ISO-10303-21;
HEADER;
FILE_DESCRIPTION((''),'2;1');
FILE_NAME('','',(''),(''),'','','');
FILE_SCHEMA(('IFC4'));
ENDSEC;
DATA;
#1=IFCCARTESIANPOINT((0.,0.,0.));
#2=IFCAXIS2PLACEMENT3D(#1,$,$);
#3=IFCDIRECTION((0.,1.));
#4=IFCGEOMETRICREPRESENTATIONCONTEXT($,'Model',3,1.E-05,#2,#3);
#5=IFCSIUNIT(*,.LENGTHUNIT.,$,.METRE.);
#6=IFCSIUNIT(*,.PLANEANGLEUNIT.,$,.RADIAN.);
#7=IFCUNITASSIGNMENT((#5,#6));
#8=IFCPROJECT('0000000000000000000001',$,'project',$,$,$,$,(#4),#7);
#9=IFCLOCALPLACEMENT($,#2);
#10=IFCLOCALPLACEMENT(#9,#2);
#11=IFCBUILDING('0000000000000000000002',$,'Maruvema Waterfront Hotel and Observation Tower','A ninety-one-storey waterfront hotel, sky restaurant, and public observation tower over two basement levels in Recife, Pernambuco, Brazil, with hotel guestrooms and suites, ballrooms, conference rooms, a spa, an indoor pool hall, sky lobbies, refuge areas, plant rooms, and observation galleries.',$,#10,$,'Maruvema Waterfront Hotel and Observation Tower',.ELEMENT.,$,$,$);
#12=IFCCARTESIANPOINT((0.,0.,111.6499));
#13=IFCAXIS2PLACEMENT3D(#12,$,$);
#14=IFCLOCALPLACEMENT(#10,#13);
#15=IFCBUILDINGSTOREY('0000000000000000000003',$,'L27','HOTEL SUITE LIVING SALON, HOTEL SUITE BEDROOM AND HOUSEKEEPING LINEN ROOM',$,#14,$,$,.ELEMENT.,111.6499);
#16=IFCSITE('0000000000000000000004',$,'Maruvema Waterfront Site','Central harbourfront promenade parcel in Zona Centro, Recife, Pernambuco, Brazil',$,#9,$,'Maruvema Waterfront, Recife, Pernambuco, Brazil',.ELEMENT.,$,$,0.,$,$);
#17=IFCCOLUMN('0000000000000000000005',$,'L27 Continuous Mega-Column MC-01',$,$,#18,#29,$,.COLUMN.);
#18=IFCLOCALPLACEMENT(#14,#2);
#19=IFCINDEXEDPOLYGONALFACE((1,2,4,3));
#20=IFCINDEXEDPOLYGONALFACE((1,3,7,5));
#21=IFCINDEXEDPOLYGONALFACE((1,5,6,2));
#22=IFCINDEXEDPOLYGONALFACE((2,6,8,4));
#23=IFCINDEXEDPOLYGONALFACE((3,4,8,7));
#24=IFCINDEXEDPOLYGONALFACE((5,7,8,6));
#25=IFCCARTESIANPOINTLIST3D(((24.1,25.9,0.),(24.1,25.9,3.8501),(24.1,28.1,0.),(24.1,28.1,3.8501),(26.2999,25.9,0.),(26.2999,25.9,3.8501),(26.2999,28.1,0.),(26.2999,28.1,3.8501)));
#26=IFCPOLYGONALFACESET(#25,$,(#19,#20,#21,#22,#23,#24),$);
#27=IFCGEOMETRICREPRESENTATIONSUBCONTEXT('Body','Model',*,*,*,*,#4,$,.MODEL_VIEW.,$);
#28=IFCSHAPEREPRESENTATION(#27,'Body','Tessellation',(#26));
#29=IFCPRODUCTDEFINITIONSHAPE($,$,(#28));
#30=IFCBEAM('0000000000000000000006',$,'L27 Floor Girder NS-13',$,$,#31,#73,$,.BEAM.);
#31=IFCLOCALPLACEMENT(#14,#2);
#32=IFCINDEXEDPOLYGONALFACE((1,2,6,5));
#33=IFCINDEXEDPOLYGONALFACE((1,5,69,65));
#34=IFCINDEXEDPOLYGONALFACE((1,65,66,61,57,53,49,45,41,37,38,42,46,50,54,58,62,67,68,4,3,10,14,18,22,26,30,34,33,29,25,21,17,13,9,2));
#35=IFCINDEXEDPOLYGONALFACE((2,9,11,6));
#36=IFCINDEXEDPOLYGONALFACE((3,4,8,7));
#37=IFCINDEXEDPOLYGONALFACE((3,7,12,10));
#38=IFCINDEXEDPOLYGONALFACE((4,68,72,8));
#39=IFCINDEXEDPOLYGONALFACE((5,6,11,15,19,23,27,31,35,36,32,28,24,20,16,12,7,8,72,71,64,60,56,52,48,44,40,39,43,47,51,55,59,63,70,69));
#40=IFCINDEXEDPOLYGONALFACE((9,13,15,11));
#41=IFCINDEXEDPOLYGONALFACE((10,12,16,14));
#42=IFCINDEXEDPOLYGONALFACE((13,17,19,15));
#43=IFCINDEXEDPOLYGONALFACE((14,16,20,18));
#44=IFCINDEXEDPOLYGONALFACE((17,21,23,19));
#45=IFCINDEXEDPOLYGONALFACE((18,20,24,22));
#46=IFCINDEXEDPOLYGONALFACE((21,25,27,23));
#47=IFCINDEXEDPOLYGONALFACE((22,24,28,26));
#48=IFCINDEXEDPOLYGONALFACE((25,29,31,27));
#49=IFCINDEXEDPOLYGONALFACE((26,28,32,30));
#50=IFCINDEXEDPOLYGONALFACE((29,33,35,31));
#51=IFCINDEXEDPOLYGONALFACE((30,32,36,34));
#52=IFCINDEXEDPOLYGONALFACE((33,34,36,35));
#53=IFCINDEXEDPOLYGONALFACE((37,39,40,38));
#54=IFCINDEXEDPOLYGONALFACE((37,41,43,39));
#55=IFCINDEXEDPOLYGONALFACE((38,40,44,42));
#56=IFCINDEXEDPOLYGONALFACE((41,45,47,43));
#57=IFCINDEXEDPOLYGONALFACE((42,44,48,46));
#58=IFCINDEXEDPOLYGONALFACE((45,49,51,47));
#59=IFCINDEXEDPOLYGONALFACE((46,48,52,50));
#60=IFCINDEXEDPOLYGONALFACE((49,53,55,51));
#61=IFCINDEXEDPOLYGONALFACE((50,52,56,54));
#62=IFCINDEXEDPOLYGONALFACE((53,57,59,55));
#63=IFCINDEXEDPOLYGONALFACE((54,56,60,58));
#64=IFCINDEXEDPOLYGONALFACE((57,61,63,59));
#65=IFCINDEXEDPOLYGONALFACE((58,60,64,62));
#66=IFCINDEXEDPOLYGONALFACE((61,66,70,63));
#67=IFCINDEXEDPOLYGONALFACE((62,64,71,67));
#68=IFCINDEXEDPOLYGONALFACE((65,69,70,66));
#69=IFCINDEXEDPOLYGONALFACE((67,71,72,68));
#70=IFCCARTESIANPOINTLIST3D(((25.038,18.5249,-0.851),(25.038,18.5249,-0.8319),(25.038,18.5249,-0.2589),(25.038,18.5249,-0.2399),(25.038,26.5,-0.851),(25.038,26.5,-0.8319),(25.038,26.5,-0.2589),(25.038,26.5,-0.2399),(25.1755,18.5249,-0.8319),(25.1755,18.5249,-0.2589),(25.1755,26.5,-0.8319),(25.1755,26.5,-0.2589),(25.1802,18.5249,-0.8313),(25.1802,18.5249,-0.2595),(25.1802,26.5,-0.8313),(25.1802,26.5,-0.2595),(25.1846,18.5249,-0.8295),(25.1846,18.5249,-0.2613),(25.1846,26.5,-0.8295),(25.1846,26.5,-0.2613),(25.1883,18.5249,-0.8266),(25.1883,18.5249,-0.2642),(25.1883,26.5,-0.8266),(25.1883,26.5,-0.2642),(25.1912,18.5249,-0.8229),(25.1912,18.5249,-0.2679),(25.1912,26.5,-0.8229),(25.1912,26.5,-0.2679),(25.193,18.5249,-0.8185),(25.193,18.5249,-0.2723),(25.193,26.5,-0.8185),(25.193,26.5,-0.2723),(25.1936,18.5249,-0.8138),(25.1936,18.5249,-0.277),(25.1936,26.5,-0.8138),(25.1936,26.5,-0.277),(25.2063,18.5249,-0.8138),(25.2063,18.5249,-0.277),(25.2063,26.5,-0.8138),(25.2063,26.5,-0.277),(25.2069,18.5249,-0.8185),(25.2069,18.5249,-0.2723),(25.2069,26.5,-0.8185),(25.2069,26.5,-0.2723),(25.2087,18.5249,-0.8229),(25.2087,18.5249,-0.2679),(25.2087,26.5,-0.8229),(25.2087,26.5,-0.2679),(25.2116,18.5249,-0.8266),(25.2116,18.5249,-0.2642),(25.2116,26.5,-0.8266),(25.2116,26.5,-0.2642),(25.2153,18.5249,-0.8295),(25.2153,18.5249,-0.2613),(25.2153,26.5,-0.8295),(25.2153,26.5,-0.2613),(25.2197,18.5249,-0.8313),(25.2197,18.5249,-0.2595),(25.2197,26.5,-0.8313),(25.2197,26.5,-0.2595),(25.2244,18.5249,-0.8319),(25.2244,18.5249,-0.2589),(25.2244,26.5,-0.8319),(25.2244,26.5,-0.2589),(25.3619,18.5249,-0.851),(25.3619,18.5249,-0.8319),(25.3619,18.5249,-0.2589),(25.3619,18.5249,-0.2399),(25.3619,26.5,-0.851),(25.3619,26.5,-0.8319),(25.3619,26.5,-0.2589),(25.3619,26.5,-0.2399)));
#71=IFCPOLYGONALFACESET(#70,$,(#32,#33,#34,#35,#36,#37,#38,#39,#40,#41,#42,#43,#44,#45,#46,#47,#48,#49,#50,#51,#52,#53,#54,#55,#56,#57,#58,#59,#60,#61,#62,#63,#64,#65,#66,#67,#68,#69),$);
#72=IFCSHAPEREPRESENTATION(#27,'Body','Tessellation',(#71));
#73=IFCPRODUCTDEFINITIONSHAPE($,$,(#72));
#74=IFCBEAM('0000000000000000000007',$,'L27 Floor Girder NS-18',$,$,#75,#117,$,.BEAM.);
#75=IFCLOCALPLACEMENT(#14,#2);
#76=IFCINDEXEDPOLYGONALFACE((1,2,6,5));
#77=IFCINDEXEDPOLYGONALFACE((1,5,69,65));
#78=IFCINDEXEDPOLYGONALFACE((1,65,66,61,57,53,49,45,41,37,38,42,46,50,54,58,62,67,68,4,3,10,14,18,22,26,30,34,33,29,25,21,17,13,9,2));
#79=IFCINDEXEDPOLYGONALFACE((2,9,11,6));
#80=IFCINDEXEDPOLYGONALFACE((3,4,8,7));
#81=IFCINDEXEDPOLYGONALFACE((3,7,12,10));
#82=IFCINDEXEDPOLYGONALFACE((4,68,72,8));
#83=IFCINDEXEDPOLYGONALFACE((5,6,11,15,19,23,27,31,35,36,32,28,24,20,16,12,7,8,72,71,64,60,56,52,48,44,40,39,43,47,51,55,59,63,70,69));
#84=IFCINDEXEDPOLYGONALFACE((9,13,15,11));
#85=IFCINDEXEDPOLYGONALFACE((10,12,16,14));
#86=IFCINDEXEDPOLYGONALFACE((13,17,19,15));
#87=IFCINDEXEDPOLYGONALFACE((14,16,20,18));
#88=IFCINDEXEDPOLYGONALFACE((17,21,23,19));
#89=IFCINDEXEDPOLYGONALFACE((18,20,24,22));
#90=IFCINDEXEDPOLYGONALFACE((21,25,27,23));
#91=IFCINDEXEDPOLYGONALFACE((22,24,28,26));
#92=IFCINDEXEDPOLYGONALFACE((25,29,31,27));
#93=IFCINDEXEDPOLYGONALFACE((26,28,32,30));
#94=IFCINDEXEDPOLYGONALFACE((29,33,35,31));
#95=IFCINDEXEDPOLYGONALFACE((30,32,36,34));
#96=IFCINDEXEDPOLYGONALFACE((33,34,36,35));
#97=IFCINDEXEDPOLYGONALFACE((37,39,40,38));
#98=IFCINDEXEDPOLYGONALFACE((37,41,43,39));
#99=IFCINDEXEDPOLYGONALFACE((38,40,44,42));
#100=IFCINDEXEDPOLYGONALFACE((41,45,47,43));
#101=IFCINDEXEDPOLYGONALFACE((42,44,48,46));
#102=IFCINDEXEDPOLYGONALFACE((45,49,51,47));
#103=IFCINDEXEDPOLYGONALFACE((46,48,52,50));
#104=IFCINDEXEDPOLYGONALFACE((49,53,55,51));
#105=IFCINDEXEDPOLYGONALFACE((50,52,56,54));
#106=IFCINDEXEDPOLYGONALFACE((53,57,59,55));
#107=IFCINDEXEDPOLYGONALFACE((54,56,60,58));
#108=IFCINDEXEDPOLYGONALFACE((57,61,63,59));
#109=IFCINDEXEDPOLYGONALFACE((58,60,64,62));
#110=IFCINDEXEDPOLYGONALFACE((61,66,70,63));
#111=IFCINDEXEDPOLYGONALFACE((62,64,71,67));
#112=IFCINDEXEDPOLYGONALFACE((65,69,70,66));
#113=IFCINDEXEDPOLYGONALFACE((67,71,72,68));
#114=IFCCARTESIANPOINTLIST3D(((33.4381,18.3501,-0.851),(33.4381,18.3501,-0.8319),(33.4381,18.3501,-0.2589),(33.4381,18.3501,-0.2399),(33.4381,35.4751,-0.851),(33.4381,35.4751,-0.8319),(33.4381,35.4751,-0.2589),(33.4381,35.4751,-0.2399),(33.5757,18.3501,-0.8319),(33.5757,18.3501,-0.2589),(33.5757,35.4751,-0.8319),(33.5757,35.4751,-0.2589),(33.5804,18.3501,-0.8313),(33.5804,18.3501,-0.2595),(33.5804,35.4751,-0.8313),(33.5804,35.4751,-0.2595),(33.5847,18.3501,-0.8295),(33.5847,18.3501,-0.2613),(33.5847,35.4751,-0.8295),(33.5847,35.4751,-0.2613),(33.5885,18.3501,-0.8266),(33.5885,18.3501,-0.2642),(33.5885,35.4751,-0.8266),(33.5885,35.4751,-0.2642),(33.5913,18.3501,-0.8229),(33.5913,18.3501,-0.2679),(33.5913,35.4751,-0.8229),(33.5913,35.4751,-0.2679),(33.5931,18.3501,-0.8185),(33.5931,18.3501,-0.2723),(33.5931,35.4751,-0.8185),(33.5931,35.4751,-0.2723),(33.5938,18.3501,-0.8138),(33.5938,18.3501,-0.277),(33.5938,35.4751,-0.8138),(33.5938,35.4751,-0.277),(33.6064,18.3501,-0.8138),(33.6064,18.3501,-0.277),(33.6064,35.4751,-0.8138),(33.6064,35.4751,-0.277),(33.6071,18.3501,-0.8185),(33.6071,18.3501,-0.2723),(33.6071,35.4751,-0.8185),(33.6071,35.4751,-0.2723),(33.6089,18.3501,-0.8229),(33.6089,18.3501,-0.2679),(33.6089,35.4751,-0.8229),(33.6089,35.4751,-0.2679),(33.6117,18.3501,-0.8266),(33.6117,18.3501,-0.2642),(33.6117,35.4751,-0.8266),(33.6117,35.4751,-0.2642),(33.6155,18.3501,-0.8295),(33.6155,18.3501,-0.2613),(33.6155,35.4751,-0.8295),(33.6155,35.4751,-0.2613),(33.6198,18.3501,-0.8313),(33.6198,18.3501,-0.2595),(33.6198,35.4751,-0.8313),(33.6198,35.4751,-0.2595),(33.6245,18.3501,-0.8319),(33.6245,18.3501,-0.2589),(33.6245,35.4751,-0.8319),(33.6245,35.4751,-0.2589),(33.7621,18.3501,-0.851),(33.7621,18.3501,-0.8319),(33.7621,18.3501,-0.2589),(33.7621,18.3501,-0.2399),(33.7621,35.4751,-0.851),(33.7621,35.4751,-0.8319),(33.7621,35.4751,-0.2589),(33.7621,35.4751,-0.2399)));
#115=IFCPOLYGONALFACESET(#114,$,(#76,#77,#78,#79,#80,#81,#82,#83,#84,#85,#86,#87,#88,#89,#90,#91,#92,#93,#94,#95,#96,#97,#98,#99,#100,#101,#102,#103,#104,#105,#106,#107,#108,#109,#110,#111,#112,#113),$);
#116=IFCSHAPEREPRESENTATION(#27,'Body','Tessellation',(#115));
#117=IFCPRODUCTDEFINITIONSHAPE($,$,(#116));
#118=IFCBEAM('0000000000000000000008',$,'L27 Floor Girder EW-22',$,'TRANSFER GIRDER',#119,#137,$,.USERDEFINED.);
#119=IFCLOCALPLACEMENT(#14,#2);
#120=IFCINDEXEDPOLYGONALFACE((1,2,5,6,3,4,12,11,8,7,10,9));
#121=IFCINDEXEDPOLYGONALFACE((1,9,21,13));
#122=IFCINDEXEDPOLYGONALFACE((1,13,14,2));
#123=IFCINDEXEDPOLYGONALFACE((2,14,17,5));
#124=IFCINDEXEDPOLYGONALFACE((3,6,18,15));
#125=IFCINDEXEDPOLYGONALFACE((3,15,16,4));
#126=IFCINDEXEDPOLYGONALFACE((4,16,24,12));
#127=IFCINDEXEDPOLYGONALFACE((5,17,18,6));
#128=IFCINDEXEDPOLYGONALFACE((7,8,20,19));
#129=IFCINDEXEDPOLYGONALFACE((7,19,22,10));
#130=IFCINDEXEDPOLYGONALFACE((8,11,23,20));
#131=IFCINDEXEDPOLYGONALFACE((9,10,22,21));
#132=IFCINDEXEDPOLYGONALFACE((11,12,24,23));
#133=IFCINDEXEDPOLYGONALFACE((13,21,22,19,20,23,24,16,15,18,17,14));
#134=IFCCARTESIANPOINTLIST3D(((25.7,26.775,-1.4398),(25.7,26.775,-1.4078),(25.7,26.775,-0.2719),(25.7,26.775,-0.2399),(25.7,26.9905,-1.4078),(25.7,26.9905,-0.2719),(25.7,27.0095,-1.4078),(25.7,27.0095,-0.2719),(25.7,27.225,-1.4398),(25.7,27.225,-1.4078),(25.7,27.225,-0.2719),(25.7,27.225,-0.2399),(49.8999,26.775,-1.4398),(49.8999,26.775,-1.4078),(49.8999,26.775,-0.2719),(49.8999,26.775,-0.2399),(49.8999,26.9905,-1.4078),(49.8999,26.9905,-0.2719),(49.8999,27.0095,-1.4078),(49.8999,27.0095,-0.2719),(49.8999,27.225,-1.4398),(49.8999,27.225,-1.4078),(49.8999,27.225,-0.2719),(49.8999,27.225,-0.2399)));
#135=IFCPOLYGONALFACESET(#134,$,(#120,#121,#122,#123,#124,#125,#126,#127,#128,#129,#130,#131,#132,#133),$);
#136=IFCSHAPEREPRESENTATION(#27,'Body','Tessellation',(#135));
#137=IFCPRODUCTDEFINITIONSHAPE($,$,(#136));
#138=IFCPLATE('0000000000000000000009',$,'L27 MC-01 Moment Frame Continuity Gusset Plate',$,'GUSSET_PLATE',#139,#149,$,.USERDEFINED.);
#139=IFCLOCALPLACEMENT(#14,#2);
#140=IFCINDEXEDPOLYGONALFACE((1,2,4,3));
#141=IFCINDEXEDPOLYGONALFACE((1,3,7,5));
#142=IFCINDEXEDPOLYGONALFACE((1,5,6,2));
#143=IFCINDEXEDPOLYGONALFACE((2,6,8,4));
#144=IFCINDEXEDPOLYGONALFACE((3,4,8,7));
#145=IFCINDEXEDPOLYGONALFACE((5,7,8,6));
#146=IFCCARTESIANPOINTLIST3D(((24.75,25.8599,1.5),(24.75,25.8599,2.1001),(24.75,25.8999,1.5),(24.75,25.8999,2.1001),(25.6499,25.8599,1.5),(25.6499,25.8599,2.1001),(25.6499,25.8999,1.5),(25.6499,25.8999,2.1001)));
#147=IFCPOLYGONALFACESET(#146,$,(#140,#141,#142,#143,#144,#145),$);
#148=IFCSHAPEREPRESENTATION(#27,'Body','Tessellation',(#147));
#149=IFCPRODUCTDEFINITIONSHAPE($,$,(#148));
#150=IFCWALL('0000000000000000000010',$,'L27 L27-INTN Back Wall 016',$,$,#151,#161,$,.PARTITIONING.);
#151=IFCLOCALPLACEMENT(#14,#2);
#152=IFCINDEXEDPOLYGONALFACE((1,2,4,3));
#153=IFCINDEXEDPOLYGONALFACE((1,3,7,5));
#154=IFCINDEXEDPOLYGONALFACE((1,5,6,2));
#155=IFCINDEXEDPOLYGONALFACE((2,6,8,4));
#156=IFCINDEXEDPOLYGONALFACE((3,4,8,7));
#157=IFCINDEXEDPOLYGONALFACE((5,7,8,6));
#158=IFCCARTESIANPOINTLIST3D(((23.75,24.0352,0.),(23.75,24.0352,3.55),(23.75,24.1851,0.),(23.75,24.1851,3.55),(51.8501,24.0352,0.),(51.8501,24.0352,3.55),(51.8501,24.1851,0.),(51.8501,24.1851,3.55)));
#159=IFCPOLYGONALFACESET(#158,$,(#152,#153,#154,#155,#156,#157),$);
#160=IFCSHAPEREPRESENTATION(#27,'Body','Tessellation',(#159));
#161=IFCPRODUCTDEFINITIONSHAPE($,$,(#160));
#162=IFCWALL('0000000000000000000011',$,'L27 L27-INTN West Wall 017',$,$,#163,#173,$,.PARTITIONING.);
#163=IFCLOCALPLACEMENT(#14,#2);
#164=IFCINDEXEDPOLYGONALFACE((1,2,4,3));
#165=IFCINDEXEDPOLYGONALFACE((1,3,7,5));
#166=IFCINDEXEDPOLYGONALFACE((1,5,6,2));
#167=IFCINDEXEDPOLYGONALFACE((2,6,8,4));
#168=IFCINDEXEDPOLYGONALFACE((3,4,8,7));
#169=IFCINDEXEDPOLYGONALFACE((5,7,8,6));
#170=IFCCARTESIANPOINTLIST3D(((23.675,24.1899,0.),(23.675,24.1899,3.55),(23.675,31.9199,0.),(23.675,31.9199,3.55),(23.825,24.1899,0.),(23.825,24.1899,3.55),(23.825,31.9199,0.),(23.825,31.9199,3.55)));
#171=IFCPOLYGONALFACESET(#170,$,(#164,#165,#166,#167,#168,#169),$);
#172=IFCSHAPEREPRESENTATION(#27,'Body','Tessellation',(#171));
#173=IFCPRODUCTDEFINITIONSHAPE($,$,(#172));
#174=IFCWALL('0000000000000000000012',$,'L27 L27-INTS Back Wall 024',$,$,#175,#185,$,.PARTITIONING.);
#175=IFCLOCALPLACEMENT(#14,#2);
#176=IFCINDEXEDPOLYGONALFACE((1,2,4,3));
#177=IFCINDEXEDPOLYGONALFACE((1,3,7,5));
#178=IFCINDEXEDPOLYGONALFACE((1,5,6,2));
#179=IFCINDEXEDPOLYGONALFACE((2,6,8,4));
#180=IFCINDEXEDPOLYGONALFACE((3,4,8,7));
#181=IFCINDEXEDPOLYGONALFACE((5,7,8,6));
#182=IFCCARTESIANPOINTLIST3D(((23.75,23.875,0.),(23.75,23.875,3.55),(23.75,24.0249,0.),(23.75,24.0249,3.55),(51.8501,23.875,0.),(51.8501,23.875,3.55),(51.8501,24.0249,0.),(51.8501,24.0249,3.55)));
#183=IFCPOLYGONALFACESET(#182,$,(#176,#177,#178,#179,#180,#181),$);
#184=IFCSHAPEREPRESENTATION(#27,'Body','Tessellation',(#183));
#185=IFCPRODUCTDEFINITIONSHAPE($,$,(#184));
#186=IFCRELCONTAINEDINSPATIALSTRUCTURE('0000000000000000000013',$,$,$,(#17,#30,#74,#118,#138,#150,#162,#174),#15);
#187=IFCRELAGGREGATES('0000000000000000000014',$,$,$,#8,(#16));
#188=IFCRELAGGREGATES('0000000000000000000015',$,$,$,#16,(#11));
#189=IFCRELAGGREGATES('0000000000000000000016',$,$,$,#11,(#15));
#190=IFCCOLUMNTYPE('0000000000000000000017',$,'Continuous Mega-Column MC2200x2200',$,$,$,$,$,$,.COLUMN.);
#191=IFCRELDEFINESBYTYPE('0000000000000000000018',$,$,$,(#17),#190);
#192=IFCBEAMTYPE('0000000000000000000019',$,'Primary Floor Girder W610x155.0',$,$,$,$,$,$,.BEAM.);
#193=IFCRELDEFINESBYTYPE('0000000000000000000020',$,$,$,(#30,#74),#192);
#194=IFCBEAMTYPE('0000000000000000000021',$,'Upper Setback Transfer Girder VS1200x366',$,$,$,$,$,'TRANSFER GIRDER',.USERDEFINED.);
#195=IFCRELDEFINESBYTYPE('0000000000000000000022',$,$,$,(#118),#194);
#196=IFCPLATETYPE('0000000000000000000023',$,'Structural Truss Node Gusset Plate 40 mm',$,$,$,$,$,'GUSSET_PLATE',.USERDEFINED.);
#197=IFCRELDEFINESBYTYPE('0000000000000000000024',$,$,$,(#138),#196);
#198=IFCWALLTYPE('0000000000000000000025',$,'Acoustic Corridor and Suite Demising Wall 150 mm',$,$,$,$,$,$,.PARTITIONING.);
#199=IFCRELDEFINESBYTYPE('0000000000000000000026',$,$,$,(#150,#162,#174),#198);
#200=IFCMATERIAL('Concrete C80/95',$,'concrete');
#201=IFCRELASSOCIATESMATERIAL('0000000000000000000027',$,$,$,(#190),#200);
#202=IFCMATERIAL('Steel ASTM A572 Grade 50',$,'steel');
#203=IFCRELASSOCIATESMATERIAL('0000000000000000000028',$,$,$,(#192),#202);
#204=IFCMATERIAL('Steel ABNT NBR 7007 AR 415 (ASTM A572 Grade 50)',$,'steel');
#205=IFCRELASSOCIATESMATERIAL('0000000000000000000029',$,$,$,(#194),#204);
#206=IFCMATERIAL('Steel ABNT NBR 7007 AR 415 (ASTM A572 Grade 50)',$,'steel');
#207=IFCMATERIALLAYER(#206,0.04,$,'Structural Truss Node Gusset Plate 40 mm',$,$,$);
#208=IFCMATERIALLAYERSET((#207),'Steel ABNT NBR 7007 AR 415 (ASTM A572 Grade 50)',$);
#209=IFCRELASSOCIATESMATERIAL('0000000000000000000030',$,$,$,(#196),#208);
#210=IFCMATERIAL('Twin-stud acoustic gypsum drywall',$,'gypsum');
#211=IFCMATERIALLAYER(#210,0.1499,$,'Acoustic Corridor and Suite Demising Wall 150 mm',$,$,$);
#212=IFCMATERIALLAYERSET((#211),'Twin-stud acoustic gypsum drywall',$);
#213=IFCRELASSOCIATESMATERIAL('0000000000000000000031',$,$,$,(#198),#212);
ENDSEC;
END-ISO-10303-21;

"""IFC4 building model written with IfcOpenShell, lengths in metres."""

from ifc_helpers import new_model, si_unit, direction, frame, frame_2d, origin, origin_2d, place, context, subcontext, project, spatial, rectangle, i_section, extrude, material, layer, layer_set, material_profile, profile_set, type_object, element, save


model = new_model("IFC4")

# Units and contexts
model_context = context("Model", 3, precision=1e-05, world=origin(), true_north=direction((0.0, 1.0)))
body_context = subcontext(model_context, "Body", "Model", "MODEL_VIEW")
ifc_project = project(units=[si_unit("LENGTHUNIT", "METRE"), si_unit("PLANEANGLEUNIT", "RADIAN")], contexts=[model_context])

# Site, building, storey
site_placement = place(None, origin())
site = spatial("IfcSite", under=ifc_project, at=site_placement, Name="Maruvema Waterfront Site", Description="Central harbourfront promenade parcel in Zona Centro, Recife, Pernambuco, Brazil", LongName="Maruvema Waterfront, Recife, Pernambuco, Brazil", CompositionType="ELEMENT", RefElevation=0.0)
building_placement = place(site_placement, origin())
building = spatial("IfcBuilding", under=site, at=building_placement, Name="Maruvema Waterfront Hotel and Observation Tower", Description="A ninety-one-storey waterfront hotel, sky restaurant, and public observation tower over two basement levels in Recife, Pernambuco, Brazil, with hotel guestrooms and suites, ballrooms, conference rooms, a spa, an indoor pool hall, sky lobbies, refuge areas, plant rooms, and observation galleries.", LongName="Maruvema Waterfront Hotel and Observation Tower", CompositionType="ELEMENT")
storey_placement = place(building_placement, frame((0.0, 0.0, 111.6499)))
storey = spatial("IfcBuildingStorey", under=building, at=storey_placement, Name="L27", Description="HOTEL SUITE LIVING SALON, HOTEL SUITE BEDROOM AND HOUSEKEEPING LINEN ROOM", CompositionType="ELEMENT", Elevation=111.6499)

# Column
ifc_material_1 = material(Name="Concrete C80/95", Category="concrete")
ifc_material_profile_1 = material_profile(ifc_material_1, rectangle(XDim=2.2, YDim=2.2, at=origin_2d()), Name="MC2200x2200")
ifc_profile_set_1 = profile_set([ifc_material_profile_1], Name="Concrete C80/95")
column_type = type_object("IfcColumnType", Name="Continuous Mega-Column MC2200x2200", PredefinedType="COLUMN", material=ifc_profile_set_1)
column_placement = place(storey_placement, frame((25.2, 27.0, 0.0), z_axis=(0.0, 0.0, 1.0), x_axis=(1.0, 0.0, 0.0)))
element("IfcColumn", 1, at=column_placement, inside=storey, type_object=column_type, Name="L27 Continuous Mega-Column MC-01", PredefinedType="COLUMN", context=body_context, shape_type="SweptSolid", body=[
    extrude(rectangle(XDim=2.2, YDim=2.2, at=origin_2d()), origin(), (0.0, 0.0, 1.0), 3.8501),
])

# Beams
ifc_material_2 = material(Name="Steel ASTM A572 Grade 50", Category="steel")
ifc_material_profile_2 = material_profile(ifc_material_2, i_section(OverallWidth=0.324, OverallDepth=0.6111, WebThickness=0.0127, FlangeThickness=0.019, FilletRadius=0.0181, at=origin_2d()), Name="W610x155.0")
ifc_profile_set_2 = profile_set([ifc_material_profile_2], Name="Steel ASTM A572 Grade 50")
beam_type_1 = type_object("IfcBeamType", Name="Primary Floor Girder W610x155.0", PredefinedType="BEAM", material=ifc_profile_set_2)
beam_1_placement = place(storey_placement, frame((25.2, 18.5249, -0.5454), z_axis=(0.0, 1.0, 0.0), x_axis=(-1.0, 0.0, 0.0)))
element("IfcBeam", 2, at=beam_1_placement, inside=storey, type_object=beam_type_1, Name="L27 Floor Girder NS-13", PredefinedType="BEAM", context=body_context, shape_type="SweptSolid", body=[
    extrude(i_section(OverallWidth=0.324, OverallDepth=0.6111, WebThickness=0.0127, FlangeThickness=0.019, FilletRadius=0.0181, at=origin_2d()), origin(), (0.0, 0.0, 1.0), 7.9751),
])
beam_2_placement = place(storey_placement, frame((33.6001, 18.3501, -0.5454), z_axis=(0.0, 1.0, 0.0), x_axis=(-1.0, 0.0, 0.0)))
element("IfcBeam", 3, at=beam_2_placement, inside=storey, type_object=beam_type_1, Name="L27 Floor Girder NS-18", PredefinedType="BEAM", context=body_context, shape_type="SweptSolid", body=[
    extrude(i_section(OverallWidth=0.324, OverallDepth=0.6111, WebThickness=0.0127, FlangeThickness=0.019, FilletRadius=0.0181, at=origin_2d()), origin(), (0.0, 0.0, 1.0), 17.125),
])
ifc_material_3 = material(Name="Steel ABNT NBR 7007 AR 415 (ASTM A572 Grade 50)", Category="steel")
ifc_material_profile_3 = material_profile(ifc_material_3, i_section(OverallWidth=0.45, OverallDepth=1.2, WebThickness=0.019, FlangeThickness=0.032, at=origin_2d()), Name="VS1200x366")
ifc_profile_set_3 = profile_set([ifc_material_profile_3], Name="Steel ABNT NBR 7007 AR 415 (ASTM A572 Grade 50)")
beam_type_2 = type_object("IfcBeamType", Name="Upper Setback Transfer Girder VS1200x366", ElementType="TRANSFER GIRDER", PredefinedType="USERDEFINED", material=ifc_profile_set_3)
beam_3_placement = place(storey_placement, frame((25.7, 27.0, -0.8398), z_axis=(1.0, 0.0, 0.0), x_axis=(0.0, 1.0, 0.0)))
element("IfcBeam", 4, at=beam_3_placement, inside=storey, type_object=beam_type_2, Name="L27 Floor Girder EW-22", ObjectType="TRANSFER GIRDER", PredefinedType="USERDEFINED", context=body_context, shape_type="SweptSolid", body=[
    extrude(i_section(OverallWidth=0.45, OverallDepth=1.2, WebThickness=0.019, FlangeThickness=0.032, at=origin_2d()), origin(), (0.0, 0.0, 1.0), 24.2),
])

# Plate
ifc_material_4 = material(Name="Steel ABNT NBR 7007 AR 415 (ASTM A572 Grade 50)", Category="steel")
ifc_layer_1 = layer(ifc_material_4, 0.04, Name="Structural Truss Node Gusset Plate 40 mm")
ifc_layer_set_1 = layer_set([ifc_layer_1], Name="Steel ABNT NBR 7007 AR 415 (ASTM A572 Grade 50)")
plate_type = type_object("IfcPlateType", Name="Structural Truss Node Gusset Plate 40 mm", ElementType="GUSSET_PLATE", PredefinedType="USERDEFINED", material=ifc_layer_set_1)
plate_placement = place(storey_placement, frame((25.2, 25.8799, 1.5), z_axis=(0.0, 0.0, 1.0), x_axis=(1.0, 0.0, 0.0)))
element("IfcPlate", 5, at=plate_placement, inside=storey, type_object=plate_type, Name="L27 MC-01 Moment Frame Continuity Gusset Plate", ObjectType="GUSSET_PLATE", PredefinedType="USERDEFINED", context=body_context, shape_type="SweptSolid", body=[
    extrude(rectangle(XDim=0.8999, YDim=0.04, at=origin_2d()), origin(), (0.0, 0.0, 1.0), 0.6001),
])

# Walls
ifc_material_5 = material(Name="Twin-stud acoustic gypsum drywall", Category="gypsum")
ifc_layer_2 = layer(ifc_material_5, 0.1499, Name="Acoustic Corridor and Suite Demising Wall 150 mm")
ifc_layer_set_2 = layer_set([ifc_layer_2], Name="Twin-stud acoustic gypsum drywall")
wall_type_1 = type_object("IfcWallType", Name="Acoustic Corridor and Suite Demising Wall 150 mm", PredefinedType="PARTITIONING", material=ifc_layer_set_2)
wall_1_placement = place(storey_placement, frame((23.75, 24.1101, 0.0), z_axis=(0.0, 0.0, 1.0), x_axis=(1.0, 0.0, 0.0)))
element("IfcWall", 6, at=wall_1_placement, inside=storey, type_object=wall_type_1, Name="L27 L27-INTN Back Wall 016", PredefinedType="PARTITIONING", context=body_context, shape_type="SweptSolid", body=[
    extrude(rectangle(XDim=28.1001, YDim=0.1499, at=frame_2d((14.05, 0.0))), origin(), (0.0, 0.0, 1.0), 3.55),
])
wall_2_placement = place(storey_placement, frame((23.75, 24.1899, 0.0), z_axis=(0.0, 0.0, 1.0), x_axis=(0.0, 1.0, 0.0)))
element("IfcWall", 7, at=wall_2_placement, inside=storey, type_object=wall_type_1, Name="L27 L27-INTN West Wall 017", PredefinedType="PARTITIONING", context=body_context, shape_type="SweptSolid", body=[
    extrude(rectangle(XDim=7.73, YDim=0.1499, at=frame_2d((3.865, 0.0))), origin(), (0.0, 0.0, 1.0), 3.55),
])
wall_3_placement = place(storey_placement, frame((23.75, 23.95, 0.0), z_axis=(0.0, 0.0, 1.0), x_axis=(1.0, 0.0, 0.0)))
element("IfcWall", 8, at=wall_3_placement, inside=storey, type_object=wall_type_1, Name="L27 L27-INTS Back Wall 024", PredefinedType="PARTITIONING", context=body_context, shape_type="SweptSolid", body=[
    extrude(rectangle(XDim=28.1001, YDim=0.1499, at=frame_2d((14.05, 0.0))), origin(), (0.0, 0.0, 1.0), 3.55),
])

save(model, "model.ifc")
